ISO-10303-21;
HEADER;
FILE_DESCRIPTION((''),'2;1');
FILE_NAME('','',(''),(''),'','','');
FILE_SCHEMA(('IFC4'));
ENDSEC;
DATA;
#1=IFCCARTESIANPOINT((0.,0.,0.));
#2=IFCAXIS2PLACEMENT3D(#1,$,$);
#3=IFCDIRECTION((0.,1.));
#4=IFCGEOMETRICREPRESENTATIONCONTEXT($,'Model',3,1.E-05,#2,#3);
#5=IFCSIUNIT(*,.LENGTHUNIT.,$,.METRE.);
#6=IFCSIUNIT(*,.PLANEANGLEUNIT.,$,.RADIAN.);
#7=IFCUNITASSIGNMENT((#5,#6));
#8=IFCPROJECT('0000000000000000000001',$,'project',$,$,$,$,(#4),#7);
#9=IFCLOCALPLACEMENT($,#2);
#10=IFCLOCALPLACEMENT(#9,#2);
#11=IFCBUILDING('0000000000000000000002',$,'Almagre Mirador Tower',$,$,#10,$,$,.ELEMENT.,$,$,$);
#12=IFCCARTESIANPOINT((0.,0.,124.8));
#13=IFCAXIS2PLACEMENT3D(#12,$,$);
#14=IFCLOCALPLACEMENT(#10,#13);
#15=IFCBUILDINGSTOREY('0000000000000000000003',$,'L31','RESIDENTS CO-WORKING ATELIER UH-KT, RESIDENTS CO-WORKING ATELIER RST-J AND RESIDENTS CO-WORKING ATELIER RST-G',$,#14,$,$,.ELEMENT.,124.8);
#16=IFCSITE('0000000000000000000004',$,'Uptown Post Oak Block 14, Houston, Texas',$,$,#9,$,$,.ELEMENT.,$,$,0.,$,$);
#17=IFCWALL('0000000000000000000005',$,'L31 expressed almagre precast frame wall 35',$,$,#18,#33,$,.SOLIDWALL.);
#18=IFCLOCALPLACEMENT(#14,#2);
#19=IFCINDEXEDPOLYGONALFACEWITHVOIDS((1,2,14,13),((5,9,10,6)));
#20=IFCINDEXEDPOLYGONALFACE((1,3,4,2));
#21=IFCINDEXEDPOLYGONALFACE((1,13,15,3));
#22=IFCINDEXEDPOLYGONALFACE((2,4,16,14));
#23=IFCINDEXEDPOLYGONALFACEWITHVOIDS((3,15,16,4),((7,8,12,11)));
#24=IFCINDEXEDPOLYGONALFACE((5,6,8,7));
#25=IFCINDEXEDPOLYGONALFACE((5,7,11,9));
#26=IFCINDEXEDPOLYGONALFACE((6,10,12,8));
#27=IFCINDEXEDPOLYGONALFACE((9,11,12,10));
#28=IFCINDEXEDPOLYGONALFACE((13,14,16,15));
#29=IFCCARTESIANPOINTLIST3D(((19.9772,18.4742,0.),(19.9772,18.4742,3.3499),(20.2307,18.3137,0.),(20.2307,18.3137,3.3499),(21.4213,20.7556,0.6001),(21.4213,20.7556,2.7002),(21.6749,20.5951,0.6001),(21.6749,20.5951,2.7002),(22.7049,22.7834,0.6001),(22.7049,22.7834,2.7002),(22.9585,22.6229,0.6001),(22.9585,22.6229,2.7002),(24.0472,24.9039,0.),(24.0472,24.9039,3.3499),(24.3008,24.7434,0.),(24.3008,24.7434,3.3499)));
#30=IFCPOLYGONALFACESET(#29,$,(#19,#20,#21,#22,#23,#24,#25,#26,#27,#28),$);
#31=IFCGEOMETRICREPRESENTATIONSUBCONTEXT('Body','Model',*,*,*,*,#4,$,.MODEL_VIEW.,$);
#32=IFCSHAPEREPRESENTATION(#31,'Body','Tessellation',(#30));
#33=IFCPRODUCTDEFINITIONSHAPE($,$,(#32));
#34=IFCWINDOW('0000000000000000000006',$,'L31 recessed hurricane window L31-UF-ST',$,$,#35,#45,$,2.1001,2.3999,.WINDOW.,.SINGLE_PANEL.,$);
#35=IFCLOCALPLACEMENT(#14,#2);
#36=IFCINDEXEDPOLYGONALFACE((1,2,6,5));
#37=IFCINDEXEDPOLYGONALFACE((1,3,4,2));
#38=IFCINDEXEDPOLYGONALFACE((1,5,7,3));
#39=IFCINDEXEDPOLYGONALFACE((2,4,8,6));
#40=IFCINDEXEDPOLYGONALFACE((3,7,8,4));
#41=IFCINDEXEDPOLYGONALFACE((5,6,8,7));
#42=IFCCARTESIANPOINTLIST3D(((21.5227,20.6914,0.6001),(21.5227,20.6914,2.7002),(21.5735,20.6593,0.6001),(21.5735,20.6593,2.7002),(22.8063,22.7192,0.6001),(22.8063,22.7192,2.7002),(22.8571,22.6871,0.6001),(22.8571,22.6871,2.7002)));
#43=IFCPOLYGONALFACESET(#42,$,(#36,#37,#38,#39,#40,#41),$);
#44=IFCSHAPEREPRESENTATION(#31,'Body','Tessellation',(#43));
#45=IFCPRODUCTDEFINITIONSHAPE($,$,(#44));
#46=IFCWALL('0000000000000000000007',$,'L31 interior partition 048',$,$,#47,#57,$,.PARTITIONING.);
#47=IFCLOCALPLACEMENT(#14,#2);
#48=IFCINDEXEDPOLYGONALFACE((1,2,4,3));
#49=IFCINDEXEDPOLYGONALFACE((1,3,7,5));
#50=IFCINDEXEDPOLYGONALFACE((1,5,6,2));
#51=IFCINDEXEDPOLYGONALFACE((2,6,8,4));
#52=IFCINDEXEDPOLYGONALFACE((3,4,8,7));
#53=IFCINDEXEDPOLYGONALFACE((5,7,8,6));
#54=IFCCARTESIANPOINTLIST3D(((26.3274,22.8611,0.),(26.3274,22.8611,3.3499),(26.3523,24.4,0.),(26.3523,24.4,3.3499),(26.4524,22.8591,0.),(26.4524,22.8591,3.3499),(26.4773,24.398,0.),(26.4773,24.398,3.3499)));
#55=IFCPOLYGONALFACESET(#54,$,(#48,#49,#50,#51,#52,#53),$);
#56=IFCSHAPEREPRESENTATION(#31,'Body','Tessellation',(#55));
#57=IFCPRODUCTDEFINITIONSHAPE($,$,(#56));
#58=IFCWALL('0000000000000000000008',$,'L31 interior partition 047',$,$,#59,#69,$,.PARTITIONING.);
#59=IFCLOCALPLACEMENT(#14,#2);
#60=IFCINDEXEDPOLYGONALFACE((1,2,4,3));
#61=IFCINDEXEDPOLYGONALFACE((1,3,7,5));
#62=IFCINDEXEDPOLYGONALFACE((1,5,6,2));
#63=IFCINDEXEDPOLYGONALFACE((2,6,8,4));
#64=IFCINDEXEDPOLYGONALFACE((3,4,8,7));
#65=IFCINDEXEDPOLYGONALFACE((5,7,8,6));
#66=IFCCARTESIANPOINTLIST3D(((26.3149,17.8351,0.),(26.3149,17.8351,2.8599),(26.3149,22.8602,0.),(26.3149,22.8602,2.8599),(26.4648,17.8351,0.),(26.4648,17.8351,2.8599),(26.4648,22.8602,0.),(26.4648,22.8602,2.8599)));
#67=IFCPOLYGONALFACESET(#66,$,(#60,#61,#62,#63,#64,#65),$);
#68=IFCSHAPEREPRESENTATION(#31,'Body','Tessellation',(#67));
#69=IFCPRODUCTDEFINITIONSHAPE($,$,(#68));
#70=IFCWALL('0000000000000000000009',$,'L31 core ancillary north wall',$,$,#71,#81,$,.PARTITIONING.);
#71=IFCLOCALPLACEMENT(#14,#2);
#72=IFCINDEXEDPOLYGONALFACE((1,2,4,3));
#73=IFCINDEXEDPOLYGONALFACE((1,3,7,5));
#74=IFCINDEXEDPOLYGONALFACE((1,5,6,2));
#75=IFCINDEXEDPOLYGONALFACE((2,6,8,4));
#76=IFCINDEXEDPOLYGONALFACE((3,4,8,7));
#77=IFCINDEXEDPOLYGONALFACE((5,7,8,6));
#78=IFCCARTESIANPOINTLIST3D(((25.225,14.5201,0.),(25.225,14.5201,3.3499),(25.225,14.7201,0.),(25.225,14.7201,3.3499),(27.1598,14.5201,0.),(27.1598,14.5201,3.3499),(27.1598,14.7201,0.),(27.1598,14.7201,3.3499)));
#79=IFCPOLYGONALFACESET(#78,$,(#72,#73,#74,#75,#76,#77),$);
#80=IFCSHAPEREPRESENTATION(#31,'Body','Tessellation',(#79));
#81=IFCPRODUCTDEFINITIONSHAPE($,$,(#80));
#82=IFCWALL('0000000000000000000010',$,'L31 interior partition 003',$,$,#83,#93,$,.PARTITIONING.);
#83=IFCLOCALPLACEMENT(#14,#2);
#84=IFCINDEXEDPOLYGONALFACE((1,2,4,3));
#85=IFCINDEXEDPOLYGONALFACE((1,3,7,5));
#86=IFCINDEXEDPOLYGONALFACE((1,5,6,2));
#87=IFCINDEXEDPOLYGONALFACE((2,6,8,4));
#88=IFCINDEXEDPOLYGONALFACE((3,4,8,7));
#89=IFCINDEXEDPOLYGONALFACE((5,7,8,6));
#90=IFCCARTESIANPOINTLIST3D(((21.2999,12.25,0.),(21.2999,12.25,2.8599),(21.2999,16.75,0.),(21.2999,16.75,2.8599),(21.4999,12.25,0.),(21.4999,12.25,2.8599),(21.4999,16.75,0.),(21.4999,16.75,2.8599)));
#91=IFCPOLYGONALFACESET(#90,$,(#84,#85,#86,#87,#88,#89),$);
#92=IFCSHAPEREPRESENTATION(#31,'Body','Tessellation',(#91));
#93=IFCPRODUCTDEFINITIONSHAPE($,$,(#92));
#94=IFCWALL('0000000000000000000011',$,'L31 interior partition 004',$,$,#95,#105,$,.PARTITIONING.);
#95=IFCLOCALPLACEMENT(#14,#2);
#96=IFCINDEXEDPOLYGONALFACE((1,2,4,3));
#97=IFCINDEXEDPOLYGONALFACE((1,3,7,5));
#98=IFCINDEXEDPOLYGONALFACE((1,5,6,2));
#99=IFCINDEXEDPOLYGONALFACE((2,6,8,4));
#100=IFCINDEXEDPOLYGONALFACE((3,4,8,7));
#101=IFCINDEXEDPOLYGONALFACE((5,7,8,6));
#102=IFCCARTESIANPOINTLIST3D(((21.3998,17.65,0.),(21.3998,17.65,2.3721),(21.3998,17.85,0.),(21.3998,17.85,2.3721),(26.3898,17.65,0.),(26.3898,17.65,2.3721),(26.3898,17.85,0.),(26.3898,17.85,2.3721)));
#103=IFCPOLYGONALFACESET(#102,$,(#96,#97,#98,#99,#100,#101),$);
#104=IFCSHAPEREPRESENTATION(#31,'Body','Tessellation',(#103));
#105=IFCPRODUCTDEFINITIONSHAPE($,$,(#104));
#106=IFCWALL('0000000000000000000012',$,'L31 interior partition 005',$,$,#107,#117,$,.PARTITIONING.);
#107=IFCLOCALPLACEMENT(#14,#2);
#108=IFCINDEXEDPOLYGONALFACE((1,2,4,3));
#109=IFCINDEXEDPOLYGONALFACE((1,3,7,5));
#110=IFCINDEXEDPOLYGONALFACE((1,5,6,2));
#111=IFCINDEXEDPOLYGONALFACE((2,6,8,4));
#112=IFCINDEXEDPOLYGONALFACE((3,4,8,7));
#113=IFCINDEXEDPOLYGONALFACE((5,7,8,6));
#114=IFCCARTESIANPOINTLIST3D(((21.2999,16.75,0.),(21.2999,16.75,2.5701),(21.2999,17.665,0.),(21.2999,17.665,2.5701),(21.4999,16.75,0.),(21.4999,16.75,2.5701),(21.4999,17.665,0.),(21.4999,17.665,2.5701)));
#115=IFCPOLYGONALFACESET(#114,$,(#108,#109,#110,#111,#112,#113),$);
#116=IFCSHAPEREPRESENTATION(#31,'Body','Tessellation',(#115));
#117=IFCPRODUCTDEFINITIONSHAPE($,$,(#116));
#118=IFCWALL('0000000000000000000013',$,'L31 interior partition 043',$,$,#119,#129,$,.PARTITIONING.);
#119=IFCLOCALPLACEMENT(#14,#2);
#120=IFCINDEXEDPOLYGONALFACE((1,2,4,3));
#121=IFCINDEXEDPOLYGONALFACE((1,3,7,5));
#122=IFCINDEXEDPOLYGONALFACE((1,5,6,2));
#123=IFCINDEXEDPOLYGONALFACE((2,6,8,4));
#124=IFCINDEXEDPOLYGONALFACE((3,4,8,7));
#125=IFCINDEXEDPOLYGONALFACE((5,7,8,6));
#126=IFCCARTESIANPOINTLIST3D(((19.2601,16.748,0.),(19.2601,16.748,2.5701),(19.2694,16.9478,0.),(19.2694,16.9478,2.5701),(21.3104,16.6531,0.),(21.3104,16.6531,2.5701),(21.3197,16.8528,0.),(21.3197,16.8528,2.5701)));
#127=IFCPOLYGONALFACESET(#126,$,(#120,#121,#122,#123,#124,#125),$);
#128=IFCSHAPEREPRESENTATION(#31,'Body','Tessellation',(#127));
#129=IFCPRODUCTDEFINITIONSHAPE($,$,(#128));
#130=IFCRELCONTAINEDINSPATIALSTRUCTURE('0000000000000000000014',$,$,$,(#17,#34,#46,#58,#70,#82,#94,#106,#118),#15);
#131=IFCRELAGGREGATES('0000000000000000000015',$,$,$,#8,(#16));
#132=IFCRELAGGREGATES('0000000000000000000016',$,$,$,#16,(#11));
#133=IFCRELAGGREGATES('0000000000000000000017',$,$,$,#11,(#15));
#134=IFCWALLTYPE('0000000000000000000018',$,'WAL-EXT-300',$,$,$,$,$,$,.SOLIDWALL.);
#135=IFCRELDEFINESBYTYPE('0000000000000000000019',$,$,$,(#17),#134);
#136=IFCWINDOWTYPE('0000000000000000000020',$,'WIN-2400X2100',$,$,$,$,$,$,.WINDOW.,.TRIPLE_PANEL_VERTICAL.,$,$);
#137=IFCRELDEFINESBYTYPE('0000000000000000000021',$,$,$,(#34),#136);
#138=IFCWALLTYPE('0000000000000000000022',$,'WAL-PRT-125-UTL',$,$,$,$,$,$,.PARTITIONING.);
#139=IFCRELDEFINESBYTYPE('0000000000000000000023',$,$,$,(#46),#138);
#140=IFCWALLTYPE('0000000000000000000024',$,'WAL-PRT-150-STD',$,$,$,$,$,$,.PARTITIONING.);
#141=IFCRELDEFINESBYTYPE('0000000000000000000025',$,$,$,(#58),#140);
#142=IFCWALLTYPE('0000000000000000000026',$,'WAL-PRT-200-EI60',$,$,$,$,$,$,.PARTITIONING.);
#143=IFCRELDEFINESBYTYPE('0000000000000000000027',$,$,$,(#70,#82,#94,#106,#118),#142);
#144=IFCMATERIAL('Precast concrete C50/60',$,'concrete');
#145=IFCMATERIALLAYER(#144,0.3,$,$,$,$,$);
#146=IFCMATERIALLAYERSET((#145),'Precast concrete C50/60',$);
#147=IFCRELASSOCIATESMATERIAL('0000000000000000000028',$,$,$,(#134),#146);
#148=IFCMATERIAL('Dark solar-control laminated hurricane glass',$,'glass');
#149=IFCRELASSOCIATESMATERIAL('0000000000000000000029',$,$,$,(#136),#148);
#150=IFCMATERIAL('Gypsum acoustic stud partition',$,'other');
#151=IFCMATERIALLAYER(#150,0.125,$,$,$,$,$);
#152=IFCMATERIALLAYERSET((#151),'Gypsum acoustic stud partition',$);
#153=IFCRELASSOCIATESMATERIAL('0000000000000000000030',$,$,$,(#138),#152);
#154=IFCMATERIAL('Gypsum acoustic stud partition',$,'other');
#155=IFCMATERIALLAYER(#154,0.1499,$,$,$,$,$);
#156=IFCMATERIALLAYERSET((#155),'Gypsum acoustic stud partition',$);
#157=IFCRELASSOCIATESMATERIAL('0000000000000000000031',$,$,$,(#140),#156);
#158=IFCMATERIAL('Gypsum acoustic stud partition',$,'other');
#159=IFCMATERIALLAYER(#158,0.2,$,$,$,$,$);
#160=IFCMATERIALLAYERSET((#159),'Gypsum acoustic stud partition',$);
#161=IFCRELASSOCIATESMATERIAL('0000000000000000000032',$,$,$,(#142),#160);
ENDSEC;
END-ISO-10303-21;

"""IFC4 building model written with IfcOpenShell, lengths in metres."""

from ifc_helpers import new_model, si_unit, direction, frame, frame_2d, origin, place, context, subcontext, project, spatial, rectangle, extrude, material, layer, layer_set, type_object, element, fill, save


model = new_model("IFC4")

# Units and contexts
model_context = context("Model", 3, precision=1e-05, world=origin(), true_north=direction((0.0, 1.0)))
body_context = subcontext(model_context, "Body", "Model", "MODEL_VIEW")
ifc_project = project(units=[si_unit("LENGTHUNIT", "METRE"), si_unit("PLANEANGLEUNIT", "RADIAN")], contexts=[model_context])

# Site, building, storey
site_placement = place(None, origin())
site = spatial("IfcSite", under=ifc_project, at=site_placement, Name="Uptown Post Oak Block 14, Houston, Texas", CompositionType="ELEMENT", RefElevation=0.0)
building_placement = place(site_placement, origin())
building = spatial("IfcBuilding", under=site, at=building_placement, Name="Almagre Mirador Tower", CompositionType="ELEMENT")
storey_placement = place(building_placement, frame((0.0, 0.0, 124.8)))
storey = spatial("IfcBuildingStorey", under=building, at=storey_placement, Name="L31", Description="RESIDENTS CO-WORKING ATELIER UH-KT, RESIDENTS CO-WORKING ATELIER RST-J AND RESIDENTS CO-WORKING ATELIER RST-G", CompositionType="ELEMENT", Elevation=124.8)

# Wall, opening, window
ifc_material_1 = material(Name="Precast concrete C50/60", Category="concrete")
ifc_layer_1 = layer(ifc_material_1, 0.3)
ifc_layer_set_1 = layer_set([ifc_layer_1], Name="Precast concrete C50/60")
wall_type_1 = type_object("IfcWallType", Name="WAL-EXT-300", PredefinedType="SOLIDWALL", material=ifc_layer_set_1)
wall_1_placement = place(storey_placement, frame((20.104, 18.394, 0.0), z_axis=(0.0, 0.0, 1.0), x_axis=(0.534858, 0.844942, 0.0)))
wall_1 = element("IfcWall", 1, at=wall_1_placement, inside=storey, type_object=wall_type_1, Name="L31 expressed almagre precast frame wall 35", PredefinedType="SOLIDWALL", context=body_context, shape_type="SweptSolid", body=[
    extrude(rectangle(XDim=7.6096, YDim=0.3, at=frame_2d((3.8047, 0.0))), origin(), (0.0, 0.0, 1.0), 3.3499),
])
opening_1_placement = place(wall_1_placement, frame((2.7, 0.0, 0.6001)))
opening_1 = element("IfcOpeningElement", 2, at=opening_1_placement, cuts=wall_1, PredefinedType="OPENING", context=body_context, shape_type="SweptSolid", body=[
    extrude(rectangle(XDim=2.3999, YDim=2.1001, at=frame_2d((1.2, 1.05))), frame((0.0, 0.1599, 0.0), z_axis=(0.0, -1.0, 0.0), x_axis=(1.0, 0.0, 0.0)), (0.0, 0.0, 1.0), 0.32),
])
ifc_material_2 = material(Name="Dark solar-control laminated hurricane glass", Category="glass")
window_type = type_object("IfcWindowType", Name="WIN-2400X2100", PartitioningType="TRIPLE_PANEL_VERTICAL", PredefinedType="WINDOW", material=ifc_material_2)
window_placement = place(opening_1_placement, origin())
window = element("IfcWindow", 3, at=window_placement, inside=storey, type_object=window_type, Name="L31 recessed hurricane window L31-UF-ST", OverallHeight=2.1001, OverallWidth=2.3999, PartitioningType="SINGLE_PANEL", PredefinedType="WINDOW", context=body_context, shape_type="SweptSolid", body=[
    extrude(rectangle(XDim=2.3999, YDim=2.1001, at=frame_2d((1.2, 1.05))), frame((0.0, 0.03, 0.0), z_axis=(0.0, -1.0, 0.0), x_axis=(1.0, 0.0, 0.0)), (0.0, 0.0, 1.0), 0.0601),
])
fill(opening_1, window)

# Walls
ifc_material_3 = material(Name="Gypsum acoustic stud partition", Category="other")
ifc_layer_2 = layer(ifc_material_3, 0.125)
ifc_layer_set_2 = layer_set([ifc_layer_2], Name="Gypsum acoustic stud partition")
wall_type_2 = type_object("IfcWallType", Name="WAL-PRT-125-UTL", PredefinedType="PARTITIONING", material=ifc_layer_set_2)
wall_2_placement = place(storey_placement, frame((26.3899, 22.8601, 0.0), z_axis=(0.0, 0.0, 1.0), x_axis=(0.016181, 0.999869, 0.0)))
element("IfcWall", 4, at=wall_2_placement, inside=storey, type_object=wall_type_2, Name="L31 interior partition 048", PredefinedType="PARTITIONING", context=body_context, shape_type="SweptSolid", body=[
    extrude(rectangle(XDim=1.5391, YDim=0.125, at=frame_2d((0.7695, 0.0))), origin(), (0.0, 0.0, 1.0), 3.3499),
])
ifc_material_4 = material(Name="Gypsum acoustic stud partition", Category="other")
ifc_layer_3 = layer(ifc_material_4, 0.1499)
ifc_layer_set_3 = layer_set([ifc_layer_3], Name="Gypsum acoustic stud partition")
wall_type_3 = type_object("IfcWallType", Name="WAL-PRT-150-STD", PredefinedType="PARTITIONING", material=ifc_layer_set_3)
wall_3_placement = place(storey_placement, frame((26.3899, 17.835, 0.0), z_axis=(0.0, 0.0, 1.0), x_axis=(0.0, 1.0, 0.0)))
element("IfcWall", 5, at=wall_3_placement, inside=storey, type_object=wall_type_3, Name="L31 interior partition 047", PredefinedType="PARTITIONING", context=body_context, shape_type="SweptSolid", body=[
    extrude(rectangle(XDim=5.0251, YDim=0.1499, at=frame_2d((2.5127, 0.0))), origin(), (0.0, 0.0, 1.0), 2.8599),
])
ifc_material_5 = material(Name="Gypsum acoustic stud partition", Category="other")
ifc_layer_4 = layer(ifc_material_5, 0.2)
ifc_layer_set_4 = layer_set([ifc_layer_4], Name="Gypsum acoustic stud partition")
wall_type_4 = type_object("IfcWallType", Name="WAL-PRT-200-EI60", PredefinedType="PARTITIONING", material=ifc_layer_set_4)
wall_4_placement = place(storey_placement, frame((25.2251, 14.6201, 0.0), z_axis=(0.0, 0.0, 1.0), x_axis=(1.0, 0.0, 0.0)))
element("IfcWall", 6, at=wall_4_placement, inside=storey, type_object=wall_type_4, Name="L31 core ancillary north wall", PredefinedType="PARTITIONING", context=body_context, shape_type="SweptSolid", body=[
    extrude(rectangle(XDim=1.9348, YDim=0.2, at=frame_2d((0.9673, 0.0))), origin(), (0.0, 0.0, 1.0), 3.3499),
])
wall_5_placement = place(storey_placement, frame((21.3999, 16.75, 0.0), z_axis=(0.0, 0.0, 1.0), x_axis=(0.0, -1.0, 0.0)))
element("IfcWall", 7, at=wall_5_placement, inside=storey, type_object=wall_type_4, Name="L31 interior partition 003", PredefinedType="PARTITIONING", context=body_context, shape_type="SweptSolid", body=[
    extrude(rectangle(XDim=4.5, YDim=0.2, at=frame_2d((2.25, 0.0))), origin(), (0.0, 0.0, 1.0), 2.8599),
])
wall_6_placement = place(storey_placement, frame((26.3899, 17.75, 0.0), z_axis=(0.0, 0.0, 1.0), x_axis=(-1.0, 0.0, 0.0)))
element("IfcWall", 8, at=wall_6_placement, inside=storey, type_object=wall_type_4, Name="L31 interior partition 004", PredefinedType="PARTITIONING", context=body_context, shape_type="SweptSolid", body=[
    extrude(rectangle(XDim=4.99, YDim=0.2, at=frame_2d((2.4951, 0.0))), origin(), (0.0, 0.0, 1.0), 2.3721),
])
wall_7_placement = place(storey_placement, frame((21.3999, 17.665, 0.0), z_axis=(0.0, 0.0, 1.0), x_axis=(0.0, -1.0, 0.0)))
element("IfcWall", 9, at=wall_7_placement, inside=storey, type_object=wall_type_4, Name="L31 interior partition 005", PredefinedType="PARTITIONING", context=body_context, shape_type="SweptSolid", body=[
    extrude(rectangle(XDim=0.915, YDim=0.2, at=frame_2d((0.4575, 0.0))), origin(), (0.0, 0.0, 1.0), 2.5701),
])
wall_8_placement = place(storey_placement, frame((21.3152, 16.7529, 0.0), z_axis=(0.0, 0.0, 1.0), x_axis=(-0.998929, 0.046271, 0.0)))
element("IfcWall", 10, at=wall_8_placement, inside=storey, type_object=wall_type_4, Name="L31 interior partition 043", PredefinedType="PARTITIONING", context=body_context, shape_type="SweptSolid", body=[
    extrude(rectangle(XDim=2.0525, YDim=0.2, at=frame_2d((1.0264, 0.0))), origin(), (0.0, 0.0, 1.0), 2.5701),
])

save(model, "model.ifc")
